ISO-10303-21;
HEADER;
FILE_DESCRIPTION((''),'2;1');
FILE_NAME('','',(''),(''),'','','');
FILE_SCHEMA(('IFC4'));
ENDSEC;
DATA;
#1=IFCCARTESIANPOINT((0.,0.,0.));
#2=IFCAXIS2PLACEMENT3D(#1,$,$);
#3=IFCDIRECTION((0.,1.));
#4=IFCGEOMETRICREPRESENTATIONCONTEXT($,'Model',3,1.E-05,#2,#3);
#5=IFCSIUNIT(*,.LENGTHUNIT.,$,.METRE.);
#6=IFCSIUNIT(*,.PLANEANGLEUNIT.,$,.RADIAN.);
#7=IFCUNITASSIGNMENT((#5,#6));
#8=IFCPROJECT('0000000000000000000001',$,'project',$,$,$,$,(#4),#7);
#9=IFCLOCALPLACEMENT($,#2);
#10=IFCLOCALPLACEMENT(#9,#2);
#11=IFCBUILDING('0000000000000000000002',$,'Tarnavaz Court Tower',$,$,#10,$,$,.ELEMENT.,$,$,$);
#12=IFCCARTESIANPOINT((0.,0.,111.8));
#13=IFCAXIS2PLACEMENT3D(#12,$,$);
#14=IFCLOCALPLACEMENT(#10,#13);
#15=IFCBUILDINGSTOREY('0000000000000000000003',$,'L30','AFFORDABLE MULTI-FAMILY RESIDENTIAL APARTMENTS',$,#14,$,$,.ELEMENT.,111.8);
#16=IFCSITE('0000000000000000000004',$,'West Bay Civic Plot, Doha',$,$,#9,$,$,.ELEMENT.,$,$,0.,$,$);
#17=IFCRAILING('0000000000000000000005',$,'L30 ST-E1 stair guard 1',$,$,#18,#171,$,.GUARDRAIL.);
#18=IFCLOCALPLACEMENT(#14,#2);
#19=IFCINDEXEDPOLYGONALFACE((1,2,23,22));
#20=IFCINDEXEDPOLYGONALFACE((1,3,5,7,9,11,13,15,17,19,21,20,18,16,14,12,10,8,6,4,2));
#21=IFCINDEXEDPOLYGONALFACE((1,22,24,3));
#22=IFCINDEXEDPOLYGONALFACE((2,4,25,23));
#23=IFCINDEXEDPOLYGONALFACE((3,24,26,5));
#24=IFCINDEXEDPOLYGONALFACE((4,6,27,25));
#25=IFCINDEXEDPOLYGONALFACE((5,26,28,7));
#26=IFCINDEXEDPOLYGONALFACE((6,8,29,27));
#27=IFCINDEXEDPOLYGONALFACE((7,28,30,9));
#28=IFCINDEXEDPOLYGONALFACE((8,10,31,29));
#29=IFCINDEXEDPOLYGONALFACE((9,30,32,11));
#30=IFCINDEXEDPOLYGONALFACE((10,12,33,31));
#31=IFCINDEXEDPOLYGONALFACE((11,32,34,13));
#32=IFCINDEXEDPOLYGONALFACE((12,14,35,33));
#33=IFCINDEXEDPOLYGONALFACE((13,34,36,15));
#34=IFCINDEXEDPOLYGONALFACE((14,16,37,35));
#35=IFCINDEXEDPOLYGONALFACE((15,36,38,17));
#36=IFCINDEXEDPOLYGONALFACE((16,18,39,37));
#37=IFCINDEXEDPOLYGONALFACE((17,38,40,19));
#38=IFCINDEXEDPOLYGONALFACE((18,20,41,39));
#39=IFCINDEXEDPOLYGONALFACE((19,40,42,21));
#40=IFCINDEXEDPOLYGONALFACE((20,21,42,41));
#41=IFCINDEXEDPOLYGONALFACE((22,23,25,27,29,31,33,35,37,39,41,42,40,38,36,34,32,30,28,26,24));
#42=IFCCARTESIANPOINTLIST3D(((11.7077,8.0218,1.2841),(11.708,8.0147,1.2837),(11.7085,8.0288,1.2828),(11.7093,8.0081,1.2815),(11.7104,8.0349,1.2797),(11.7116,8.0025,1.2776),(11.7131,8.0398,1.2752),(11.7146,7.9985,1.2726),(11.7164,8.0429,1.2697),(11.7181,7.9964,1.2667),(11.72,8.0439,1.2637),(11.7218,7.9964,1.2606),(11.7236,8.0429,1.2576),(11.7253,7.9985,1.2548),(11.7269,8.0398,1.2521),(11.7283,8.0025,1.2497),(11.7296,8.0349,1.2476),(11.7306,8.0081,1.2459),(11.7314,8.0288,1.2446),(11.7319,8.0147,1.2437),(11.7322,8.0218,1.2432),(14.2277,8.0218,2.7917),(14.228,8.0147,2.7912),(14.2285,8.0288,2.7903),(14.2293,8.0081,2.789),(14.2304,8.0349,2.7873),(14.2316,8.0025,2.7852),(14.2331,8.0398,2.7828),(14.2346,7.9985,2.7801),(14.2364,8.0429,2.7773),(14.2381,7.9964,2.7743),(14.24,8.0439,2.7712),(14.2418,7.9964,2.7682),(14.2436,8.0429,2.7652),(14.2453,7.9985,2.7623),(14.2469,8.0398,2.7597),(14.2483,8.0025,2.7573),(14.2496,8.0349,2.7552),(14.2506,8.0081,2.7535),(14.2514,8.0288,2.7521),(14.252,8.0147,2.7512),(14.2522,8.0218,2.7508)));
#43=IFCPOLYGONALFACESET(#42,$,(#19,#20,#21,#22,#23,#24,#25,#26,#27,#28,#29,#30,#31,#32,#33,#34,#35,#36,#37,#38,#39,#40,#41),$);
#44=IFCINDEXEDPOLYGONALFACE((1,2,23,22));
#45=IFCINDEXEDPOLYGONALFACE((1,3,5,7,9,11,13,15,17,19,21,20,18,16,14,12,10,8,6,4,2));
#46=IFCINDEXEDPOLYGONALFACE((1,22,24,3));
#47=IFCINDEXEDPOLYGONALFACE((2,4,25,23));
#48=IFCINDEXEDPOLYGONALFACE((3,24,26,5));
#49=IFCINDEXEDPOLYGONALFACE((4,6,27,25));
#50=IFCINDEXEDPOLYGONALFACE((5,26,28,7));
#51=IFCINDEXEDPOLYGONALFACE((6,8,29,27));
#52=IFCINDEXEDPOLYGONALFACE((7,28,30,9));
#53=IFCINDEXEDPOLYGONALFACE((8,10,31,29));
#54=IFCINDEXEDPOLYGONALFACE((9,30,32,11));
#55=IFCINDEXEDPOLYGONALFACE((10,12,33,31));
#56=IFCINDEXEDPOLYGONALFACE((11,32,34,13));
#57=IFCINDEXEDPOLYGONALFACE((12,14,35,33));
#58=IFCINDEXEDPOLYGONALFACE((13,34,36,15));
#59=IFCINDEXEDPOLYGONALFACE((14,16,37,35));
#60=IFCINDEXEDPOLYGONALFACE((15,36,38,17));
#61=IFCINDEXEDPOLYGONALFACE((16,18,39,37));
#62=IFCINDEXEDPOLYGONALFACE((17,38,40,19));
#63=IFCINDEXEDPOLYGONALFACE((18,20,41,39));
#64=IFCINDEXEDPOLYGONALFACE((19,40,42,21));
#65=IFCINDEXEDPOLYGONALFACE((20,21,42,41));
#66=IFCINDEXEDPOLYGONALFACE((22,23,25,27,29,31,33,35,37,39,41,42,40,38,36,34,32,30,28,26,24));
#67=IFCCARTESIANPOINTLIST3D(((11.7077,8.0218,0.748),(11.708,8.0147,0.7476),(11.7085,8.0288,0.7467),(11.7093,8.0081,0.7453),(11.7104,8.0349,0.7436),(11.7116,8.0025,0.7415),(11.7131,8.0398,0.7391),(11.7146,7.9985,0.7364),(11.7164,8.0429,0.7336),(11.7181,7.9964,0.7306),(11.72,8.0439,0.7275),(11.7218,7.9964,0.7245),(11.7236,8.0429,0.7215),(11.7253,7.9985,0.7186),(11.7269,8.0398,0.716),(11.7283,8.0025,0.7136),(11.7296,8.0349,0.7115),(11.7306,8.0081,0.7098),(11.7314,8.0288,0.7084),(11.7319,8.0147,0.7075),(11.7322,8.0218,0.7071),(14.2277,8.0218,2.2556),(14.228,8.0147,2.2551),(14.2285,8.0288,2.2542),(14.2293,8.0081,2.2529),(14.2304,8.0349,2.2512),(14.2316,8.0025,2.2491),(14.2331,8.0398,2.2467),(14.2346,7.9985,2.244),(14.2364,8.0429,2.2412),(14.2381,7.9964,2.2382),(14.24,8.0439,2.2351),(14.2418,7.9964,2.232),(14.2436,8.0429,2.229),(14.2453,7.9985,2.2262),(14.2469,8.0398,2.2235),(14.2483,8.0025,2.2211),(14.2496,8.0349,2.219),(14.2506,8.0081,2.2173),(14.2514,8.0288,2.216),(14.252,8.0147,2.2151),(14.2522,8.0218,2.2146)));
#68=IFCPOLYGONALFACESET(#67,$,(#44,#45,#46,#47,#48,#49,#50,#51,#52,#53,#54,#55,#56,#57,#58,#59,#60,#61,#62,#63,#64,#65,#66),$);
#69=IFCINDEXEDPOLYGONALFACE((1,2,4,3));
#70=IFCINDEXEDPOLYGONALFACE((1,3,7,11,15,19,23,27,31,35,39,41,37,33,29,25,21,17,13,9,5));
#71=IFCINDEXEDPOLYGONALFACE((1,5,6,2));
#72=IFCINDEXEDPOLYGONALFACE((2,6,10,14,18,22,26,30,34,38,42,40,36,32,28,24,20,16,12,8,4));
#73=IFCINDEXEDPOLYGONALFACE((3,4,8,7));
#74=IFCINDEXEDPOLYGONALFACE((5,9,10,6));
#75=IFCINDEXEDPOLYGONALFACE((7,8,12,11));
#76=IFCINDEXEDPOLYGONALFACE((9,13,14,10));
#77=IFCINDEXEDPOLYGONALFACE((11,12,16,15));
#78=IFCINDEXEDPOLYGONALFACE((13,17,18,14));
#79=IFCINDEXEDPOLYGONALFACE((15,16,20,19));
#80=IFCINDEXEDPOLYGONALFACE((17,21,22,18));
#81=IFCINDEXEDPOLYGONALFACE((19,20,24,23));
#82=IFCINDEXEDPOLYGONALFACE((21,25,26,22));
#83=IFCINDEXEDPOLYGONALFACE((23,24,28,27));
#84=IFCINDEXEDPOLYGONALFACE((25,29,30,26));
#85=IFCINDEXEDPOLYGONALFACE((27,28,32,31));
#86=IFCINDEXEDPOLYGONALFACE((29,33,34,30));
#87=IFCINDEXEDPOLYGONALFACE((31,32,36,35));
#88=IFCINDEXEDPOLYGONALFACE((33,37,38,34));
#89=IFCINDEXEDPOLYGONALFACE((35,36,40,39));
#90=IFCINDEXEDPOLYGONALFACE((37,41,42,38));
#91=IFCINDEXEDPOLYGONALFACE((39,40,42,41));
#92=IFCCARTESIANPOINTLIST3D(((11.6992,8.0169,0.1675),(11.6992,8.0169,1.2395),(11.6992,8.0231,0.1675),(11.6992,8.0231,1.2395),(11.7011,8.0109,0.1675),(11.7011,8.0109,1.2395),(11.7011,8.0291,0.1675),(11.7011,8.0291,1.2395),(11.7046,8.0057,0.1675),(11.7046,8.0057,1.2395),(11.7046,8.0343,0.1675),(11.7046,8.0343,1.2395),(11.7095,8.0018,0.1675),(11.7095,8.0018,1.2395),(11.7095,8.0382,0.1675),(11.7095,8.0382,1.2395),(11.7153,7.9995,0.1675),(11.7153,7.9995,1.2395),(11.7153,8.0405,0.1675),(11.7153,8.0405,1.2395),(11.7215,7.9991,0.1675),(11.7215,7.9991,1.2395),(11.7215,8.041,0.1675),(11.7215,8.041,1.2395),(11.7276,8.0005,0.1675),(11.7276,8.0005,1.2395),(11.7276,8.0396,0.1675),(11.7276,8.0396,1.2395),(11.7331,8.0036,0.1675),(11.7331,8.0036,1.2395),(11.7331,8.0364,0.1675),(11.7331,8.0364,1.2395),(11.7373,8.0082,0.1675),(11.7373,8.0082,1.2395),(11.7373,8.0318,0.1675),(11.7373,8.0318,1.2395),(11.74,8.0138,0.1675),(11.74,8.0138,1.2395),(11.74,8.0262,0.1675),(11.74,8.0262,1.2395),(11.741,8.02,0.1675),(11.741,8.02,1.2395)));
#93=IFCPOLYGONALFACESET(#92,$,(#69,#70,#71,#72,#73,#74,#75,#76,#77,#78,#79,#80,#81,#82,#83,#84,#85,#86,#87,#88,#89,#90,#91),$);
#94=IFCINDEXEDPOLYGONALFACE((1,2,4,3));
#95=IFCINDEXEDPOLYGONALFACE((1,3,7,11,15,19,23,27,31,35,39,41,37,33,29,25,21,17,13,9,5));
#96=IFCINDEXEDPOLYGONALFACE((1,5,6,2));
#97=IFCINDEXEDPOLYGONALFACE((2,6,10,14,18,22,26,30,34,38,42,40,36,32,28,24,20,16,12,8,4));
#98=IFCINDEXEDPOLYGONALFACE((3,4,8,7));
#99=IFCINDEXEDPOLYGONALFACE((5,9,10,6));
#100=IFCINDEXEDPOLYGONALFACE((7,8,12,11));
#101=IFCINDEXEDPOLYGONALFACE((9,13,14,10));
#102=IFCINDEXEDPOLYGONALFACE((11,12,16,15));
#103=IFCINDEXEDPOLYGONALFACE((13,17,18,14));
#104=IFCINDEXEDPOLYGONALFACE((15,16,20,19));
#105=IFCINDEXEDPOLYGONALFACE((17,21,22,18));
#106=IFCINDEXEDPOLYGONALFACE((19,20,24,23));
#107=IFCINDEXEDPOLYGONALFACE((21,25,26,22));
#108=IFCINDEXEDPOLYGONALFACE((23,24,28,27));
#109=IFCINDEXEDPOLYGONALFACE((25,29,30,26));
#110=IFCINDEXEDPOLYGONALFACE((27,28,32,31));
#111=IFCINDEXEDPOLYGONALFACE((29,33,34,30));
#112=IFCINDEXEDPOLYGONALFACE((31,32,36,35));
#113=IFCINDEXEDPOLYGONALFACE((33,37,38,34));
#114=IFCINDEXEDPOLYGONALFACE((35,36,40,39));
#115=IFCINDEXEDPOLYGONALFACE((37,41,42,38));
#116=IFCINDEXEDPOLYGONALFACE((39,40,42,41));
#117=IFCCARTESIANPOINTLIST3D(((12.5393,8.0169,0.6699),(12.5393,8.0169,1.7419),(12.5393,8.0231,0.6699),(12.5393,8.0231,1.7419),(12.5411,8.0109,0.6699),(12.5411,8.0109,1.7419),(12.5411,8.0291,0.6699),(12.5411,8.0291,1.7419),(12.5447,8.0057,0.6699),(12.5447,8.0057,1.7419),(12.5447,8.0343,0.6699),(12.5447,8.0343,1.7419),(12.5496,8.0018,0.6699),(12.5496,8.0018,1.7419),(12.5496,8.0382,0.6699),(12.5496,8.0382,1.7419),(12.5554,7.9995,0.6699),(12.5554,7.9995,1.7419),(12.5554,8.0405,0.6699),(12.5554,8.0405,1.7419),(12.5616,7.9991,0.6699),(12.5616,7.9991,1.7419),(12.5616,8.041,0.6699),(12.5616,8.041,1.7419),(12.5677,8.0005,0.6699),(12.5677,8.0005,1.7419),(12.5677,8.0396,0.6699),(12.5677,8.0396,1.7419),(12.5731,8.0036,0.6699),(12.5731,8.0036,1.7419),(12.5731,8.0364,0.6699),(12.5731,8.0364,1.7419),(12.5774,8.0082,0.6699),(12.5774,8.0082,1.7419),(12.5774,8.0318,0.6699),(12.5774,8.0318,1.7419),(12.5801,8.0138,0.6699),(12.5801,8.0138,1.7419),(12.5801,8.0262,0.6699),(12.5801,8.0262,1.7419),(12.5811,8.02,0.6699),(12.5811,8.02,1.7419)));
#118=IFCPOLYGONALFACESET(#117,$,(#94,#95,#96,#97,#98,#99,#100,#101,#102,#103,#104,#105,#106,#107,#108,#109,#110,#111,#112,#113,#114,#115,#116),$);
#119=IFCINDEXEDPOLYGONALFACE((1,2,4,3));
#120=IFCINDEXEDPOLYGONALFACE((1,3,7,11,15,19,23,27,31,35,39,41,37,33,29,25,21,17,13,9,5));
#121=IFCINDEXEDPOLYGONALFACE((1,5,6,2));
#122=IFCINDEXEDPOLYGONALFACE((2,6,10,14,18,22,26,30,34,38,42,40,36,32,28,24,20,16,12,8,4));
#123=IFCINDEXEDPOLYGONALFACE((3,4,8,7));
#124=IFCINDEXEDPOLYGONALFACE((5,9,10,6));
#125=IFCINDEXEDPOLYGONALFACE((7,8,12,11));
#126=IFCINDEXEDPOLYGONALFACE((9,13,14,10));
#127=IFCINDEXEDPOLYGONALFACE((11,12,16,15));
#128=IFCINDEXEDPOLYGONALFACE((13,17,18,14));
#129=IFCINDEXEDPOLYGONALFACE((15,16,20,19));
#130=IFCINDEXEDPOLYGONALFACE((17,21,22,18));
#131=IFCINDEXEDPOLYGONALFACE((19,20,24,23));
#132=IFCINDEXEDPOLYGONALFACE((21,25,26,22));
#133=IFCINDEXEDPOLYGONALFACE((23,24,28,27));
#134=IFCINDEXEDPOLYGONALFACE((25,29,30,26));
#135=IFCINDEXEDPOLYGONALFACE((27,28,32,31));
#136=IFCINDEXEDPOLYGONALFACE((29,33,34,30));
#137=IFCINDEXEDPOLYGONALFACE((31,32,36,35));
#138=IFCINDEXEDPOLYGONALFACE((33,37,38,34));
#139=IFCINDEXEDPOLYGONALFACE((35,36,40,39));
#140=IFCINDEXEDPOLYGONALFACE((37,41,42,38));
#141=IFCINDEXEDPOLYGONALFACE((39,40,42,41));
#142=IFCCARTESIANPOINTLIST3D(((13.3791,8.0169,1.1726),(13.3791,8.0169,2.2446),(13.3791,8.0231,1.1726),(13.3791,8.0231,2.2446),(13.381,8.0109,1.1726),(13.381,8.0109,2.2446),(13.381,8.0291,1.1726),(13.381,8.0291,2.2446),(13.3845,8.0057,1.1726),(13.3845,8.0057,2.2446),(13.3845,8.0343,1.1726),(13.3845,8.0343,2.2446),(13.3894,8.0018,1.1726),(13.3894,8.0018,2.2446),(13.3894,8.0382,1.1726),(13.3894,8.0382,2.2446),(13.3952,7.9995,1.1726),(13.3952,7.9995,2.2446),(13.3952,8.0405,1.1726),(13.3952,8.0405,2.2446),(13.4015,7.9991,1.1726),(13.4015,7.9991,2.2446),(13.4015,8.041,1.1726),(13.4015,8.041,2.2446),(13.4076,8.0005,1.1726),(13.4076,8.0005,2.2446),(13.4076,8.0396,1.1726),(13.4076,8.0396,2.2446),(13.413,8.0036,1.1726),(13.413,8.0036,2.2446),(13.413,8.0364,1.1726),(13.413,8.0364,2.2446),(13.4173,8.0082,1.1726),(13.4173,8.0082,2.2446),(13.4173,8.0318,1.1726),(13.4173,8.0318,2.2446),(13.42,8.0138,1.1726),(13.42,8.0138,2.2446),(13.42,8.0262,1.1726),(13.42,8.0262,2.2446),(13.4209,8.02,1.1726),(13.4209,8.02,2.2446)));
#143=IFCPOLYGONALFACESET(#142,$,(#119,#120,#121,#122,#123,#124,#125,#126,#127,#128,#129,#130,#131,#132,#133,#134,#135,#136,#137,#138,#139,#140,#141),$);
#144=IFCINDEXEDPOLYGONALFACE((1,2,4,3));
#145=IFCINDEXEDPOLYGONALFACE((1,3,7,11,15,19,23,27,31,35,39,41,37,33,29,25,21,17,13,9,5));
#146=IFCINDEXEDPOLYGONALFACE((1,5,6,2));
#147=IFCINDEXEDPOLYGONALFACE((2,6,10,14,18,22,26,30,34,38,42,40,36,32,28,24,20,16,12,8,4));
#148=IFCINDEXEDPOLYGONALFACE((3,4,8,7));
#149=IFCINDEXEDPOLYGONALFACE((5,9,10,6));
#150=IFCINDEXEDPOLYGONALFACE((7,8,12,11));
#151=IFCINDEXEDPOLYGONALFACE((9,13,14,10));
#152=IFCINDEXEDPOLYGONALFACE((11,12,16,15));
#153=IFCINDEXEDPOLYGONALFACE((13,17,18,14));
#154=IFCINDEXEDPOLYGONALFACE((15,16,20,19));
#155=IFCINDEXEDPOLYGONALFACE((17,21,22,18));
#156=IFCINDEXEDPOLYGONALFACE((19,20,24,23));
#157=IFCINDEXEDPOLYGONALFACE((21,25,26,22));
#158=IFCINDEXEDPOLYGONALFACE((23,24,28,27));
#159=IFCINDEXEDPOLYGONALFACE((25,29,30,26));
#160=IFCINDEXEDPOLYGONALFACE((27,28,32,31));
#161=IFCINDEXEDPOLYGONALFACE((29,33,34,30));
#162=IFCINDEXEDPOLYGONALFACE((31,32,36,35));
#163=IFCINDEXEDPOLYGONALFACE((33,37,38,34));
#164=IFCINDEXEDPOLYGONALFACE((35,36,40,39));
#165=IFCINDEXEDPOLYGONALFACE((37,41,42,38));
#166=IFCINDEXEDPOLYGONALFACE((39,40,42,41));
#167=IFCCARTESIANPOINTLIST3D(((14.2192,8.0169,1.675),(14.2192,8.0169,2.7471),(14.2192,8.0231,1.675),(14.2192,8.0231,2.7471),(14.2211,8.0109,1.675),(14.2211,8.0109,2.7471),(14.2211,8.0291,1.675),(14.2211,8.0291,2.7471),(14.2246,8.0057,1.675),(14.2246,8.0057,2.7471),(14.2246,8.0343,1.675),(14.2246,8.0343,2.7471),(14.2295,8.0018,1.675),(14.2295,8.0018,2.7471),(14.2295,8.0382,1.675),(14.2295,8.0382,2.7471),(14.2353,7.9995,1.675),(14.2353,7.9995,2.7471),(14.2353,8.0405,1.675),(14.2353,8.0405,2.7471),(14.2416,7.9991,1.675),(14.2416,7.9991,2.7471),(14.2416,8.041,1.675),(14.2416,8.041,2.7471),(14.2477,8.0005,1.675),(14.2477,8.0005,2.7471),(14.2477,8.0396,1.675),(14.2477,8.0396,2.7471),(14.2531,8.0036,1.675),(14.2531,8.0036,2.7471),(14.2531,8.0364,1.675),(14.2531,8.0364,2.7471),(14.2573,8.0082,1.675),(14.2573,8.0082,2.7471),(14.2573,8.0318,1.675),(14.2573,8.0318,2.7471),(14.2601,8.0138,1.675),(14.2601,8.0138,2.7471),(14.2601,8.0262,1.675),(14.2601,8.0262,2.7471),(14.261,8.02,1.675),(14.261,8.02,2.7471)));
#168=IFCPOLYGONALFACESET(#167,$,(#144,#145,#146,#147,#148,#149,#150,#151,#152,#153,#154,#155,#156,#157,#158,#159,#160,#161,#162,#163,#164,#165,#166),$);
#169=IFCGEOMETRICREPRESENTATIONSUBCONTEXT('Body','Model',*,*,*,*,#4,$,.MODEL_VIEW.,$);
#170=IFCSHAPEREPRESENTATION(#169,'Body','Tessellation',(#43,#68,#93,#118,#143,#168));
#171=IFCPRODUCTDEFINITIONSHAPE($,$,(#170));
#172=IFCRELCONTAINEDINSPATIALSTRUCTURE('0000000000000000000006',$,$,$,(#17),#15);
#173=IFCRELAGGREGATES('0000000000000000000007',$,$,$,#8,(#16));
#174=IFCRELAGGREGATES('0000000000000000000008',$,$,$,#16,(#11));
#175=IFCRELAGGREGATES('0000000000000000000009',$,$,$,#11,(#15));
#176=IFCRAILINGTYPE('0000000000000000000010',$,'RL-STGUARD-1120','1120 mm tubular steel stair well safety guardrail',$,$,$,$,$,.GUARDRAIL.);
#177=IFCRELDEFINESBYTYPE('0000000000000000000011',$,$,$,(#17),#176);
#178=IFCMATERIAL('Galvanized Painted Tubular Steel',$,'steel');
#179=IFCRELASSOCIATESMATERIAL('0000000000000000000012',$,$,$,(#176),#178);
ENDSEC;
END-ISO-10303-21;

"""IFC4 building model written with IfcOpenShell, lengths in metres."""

from ifc_helpers import new_model, si_unit, direction, frame, origin, origin_2d, place, context, subcontext, project, spatial, circle, extrude, material, type_object, element, save


model = new_model("IFC4")

# Units and contexts
model_context = context("Model", 3, precision=1e-05, world=origin(), true_north=direction((0.0, 1.0)))
body_context = subcontext(model_context, "Body", "Model", "MODEL_VIEW")
ifc_project = project(units=[si_unit("LENGTHUNIT", "METRE"), si_unit("PLANEANGLEUNIT", "RADIAN")], contexts=[model_context])

# Site, building, storey
site_placement = place(None, origin())
site = spatial("IfcSite", under=ifc_project, at=site_placement, Name="West Bay Civic Plot, Doha", CompositionType="ELEMENT", RefElevation=0.0)
building_placement = place(site_placement, origin())
building = spatial("IfcBuilding", under=site, at=building_placement, Name="Tarnavaz Court Tower", CompositionType="ELEMENT")
storey_placement = place(building_placement, frame((0.0, 0.0, 111.8)))
storey = spatial("IfcBuildingStorey", under=building, at=storey_placement, Name="L30", Description="AFFORDABLE MULTI-FAMILY RESIDENTIAL APARTMENTS", CompositionType="ELEMENT", Elevation=111.8)

# Railing
ifc_material_1 = material(Name="Galvanized Painted Tubular Steel", Category="steel")
railing_type_1 = type_object("IfcRailingType", Name="RL-STGUARD-1120", Description="1120 mm tubular steel stair well safety guardrail", PredefinedType="GUARDRAIL", material=ifc_material_1)
railing_1_placement = place(storey_placement, frame((11.72, 8.02, 0.1675)))
element("IfcRailing", 1, at=railing_1_placement, inside=storey, type_object=railing_type_1, Name="L30 ST-E1 stair guard 1", PredefinedType="GUARDRAIL", context=body_context, shape_type="SweptSolid", body=[
    extrude(circle(Radius=0.0239, at=origin_2d()), frame((0.0, 0.0, 1.0962), z_axis=(0.85816, 0.0, 0.513383), x_axis=(0.0, 1.0, 0.0)), (0.0, 0.0, 1.0), 2.9365),
    extrude(circle(Radius=0.0239, at=origin_2d()), frame((0.0, 0.0, 0.5601), z_axis=(0.85816, 0.0, 0.513383), x_axis=(0.0, 1.0, 0.0)), (0.0, 0.0, 1.0), 2.9365),
    extrude(circle(Radius=0.021, at=origin_2d()), origin(), (0.0, 0.0, 1.0), 1.072),
    extrude(circle(Radius=0.021, at=origin_2d()), frame((0.8401, 0.0, 0.5024)), (0.0, 0.0, 1.0), 1.072),
    extrude(circle(Radius=0.021, at=origin_2d()), frame((1.6799, 0.0, 1.0051)), (0.0, 0.0, 1.0), 1.072),
    extrude(circle(Radius=0.021, at=origin_2d()), frame((2.52, 0.0, 1.5076)), (0.0, 0.0, 1.0), 1.072),
])

save(model, "model.ifc")
